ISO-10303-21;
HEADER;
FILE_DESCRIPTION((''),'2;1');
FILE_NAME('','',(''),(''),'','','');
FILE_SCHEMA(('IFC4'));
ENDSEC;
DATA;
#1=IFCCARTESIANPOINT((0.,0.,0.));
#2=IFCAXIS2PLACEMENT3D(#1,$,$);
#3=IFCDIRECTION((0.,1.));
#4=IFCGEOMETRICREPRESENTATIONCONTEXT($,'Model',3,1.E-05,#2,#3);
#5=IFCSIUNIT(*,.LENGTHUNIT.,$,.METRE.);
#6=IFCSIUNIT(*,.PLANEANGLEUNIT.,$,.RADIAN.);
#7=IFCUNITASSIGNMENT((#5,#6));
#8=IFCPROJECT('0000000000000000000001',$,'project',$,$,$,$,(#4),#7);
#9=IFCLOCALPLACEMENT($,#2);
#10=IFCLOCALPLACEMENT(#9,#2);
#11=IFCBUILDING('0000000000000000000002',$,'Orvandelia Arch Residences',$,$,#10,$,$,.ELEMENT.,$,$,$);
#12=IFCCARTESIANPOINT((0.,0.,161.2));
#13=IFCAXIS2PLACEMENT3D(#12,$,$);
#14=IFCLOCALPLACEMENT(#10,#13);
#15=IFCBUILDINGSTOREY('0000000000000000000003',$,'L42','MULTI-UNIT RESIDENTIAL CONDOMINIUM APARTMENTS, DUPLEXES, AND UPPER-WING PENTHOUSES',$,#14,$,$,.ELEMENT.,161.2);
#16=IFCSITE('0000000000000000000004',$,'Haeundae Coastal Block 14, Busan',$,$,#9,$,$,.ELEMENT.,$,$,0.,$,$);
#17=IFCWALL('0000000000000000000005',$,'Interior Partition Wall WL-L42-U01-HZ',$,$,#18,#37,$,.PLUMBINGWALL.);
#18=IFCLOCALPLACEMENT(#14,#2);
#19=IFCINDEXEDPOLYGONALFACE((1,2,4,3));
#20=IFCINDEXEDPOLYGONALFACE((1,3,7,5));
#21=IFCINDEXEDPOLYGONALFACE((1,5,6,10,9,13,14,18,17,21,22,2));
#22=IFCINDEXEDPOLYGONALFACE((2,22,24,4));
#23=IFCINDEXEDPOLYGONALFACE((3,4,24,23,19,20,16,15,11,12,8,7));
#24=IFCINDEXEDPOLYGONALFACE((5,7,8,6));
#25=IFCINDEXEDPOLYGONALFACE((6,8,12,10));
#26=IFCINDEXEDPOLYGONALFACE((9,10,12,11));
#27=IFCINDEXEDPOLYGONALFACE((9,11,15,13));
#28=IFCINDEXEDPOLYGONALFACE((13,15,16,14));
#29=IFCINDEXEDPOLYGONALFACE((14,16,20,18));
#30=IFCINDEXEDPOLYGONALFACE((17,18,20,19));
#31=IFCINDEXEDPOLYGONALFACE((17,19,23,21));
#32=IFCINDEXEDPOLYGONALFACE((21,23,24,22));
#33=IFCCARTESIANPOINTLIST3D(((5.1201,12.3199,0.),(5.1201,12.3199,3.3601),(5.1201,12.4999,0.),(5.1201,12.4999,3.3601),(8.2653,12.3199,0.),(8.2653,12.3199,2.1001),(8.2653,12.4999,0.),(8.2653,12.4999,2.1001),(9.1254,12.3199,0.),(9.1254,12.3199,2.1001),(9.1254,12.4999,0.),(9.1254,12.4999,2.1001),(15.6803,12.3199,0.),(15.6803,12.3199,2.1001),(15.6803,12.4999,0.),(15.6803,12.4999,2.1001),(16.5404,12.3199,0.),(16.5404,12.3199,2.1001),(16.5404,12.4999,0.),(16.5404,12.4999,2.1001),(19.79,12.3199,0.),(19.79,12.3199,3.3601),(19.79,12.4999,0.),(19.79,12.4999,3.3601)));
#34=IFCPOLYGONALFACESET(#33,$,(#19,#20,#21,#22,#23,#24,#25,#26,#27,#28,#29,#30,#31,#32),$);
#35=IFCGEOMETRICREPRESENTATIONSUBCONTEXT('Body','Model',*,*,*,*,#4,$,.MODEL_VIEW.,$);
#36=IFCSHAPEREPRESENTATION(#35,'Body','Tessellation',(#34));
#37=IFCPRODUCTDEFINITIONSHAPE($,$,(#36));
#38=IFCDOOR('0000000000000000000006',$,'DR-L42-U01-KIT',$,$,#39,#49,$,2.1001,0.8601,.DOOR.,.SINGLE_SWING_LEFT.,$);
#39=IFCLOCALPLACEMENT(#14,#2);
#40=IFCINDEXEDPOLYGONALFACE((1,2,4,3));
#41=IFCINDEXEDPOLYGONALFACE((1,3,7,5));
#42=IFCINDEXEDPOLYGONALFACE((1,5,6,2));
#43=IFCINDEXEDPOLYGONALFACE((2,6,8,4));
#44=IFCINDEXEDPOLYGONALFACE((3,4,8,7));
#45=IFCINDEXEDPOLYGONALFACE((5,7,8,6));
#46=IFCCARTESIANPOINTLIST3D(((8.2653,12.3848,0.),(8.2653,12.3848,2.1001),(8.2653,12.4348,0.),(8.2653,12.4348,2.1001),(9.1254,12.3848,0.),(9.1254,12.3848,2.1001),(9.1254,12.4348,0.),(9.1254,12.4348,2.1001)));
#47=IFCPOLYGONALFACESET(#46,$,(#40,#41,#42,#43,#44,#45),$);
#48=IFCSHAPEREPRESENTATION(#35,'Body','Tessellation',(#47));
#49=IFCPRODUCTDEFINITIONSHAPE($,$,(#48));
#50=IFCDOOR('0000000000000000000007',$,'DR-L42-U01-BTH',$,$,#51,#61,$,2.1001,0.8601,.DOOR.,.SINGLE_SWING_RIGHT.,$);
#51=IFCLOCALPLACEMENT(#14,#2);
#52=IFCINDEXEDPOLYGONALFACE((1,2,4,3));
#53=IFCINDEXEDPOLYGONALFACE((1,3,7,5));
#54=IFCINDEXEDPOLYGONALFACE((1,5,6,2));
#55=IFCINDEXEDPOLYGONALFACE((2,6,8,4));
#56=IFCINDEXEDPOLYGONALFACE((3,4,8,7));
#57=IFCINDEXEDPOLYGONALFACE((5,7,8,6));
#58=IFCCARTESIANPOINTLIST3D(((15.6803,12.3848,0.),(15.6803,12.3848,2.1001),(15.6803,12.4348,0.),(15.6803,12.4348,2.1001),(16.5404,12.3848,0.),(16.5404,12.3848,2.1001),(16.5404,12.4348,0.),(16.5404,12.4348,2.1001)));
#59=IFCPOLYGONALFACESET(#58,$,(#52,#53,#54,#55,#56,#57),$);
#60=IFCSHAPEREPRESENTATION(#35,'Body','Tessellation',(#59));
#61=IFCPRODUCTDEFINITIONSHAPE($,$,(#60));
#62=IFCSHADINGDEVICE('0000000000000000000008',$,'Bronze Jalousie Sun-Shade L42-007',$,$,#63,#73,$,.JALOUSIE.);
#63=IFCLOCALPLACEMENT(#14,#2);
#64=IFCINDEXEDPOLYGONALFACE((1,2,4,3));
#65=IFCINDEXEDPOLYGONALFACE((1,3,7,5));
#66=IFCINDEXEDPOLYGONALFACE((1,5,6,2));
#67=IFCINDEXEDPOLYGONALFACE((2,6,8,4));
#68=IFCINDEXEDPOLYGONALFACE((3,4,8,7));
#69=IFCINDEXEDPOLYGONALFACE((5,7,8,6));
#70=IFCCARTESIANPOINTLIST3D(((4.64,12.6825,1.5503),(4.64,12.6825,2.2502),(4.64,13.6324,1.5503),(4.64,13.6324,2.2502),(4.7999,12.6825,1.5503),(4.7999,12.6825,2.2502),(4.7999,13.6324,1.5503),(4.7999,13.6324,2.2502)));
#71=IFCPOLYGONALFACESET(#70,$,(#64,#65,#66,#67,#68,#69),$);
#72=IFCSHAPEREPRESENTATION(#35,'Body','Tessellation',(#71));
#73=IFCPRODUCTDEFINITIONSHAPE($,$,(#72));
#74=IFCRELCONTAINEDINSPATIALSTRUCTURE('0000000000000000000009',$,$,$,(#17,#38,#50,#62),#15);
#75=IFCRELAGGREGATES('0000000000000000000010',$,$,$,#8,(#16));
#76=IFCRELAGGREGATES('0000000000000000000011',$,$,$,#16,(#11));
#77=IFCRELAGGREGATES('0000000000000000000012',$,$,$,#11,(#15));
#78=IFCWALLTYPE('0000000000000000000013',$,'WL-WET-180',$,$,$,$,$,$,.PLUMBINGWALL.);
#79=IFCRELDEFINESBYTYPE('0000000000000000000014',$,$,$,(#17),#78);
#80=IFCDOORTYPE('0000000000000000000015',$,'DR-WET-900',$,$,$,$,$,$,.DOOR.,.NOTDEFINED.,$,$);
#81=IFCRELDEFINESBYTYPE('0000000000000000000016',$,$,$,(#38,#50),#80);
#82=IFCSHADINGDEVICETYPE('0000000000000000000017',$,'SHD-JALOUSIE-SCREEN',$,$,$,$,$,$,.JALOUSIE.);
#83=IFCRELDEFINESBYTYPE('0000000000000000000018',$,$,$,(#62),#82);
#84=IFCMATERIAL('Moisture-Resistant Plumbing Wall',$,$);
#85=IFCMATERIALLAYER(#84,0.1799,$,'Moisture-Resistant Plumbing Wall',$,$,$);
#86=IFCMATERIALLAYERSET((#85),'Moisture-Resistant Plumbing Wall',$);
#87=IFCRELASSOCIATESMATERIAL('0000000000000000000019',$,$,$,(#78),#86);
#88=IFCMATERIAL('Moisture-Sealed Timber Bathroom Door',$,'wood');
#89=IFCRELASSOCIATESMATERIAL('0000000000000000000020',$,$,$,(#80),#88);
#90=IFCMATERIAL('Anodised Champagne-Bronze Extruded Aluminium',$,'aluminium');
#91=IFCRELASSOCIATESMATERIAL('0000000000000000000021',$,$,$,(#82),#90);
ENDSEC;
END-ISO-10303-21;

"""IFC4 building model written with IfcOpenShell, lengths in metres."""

from ifc_helpers import new_model, si_unit, direction, frame, frame_2d, origin, origin_2d, place, context, subcontext, project, spatial, rectangle, extrude, material, layer, layer_set, type_object, element, fill, save


model = new_model("IFC4")

# Units and contexts
model_context = context("Model", 3, precision=1e-05, world=origin(), true_north=direction((0.0, 1.0)))
body_context = subcontext(model_context, "Body", "Model", "MODEL_VIEW")
ifc_project = project(units=[si_unit("LENGTHUNIT", "METRE"), si_unit("PLANEANGLEUNIT", "RADIAN")], contexts=[model_context])

# Site, building, storey
site_placement = place(None, origin())
site = spatial("IfcSite", under=ifc_project, at=site_placement, Name="Haeundae Coastal Block 14, Busan", CompositionType="ELEMENT", RefElevation=0.0)
building_placement = place(site_placement, origin())
building = spatial("IfcBuilding", under=site, at=building_placement, Name="Orvandelia Arch Residences", CompositionType="ELEMENT")
storey_placement = place(building_placement, frame((0.0, 0.0, 161.2)))
storey = spatial("IfcBuildingStorey", under=building, at=storey_placement, Name="L42", Description="MULTI-UNIT RESIDENTIAL CONDOMINIUM APARTMENTS, DUPLEXES, AND UPPER-WING PENTHOUSES", CompositionType="ELEMENT", Elevation=161.2)

# Wall, openings, doors
ifc_material_1 = material(Name="Moisture-Resistant Plumbing Wall")
ifc_layer_1 = layer(ifc_material_1, 0.1799, Name="Moisture-Resistant Plumbing Wall")
ifc_layer_set_1 = layer_set([ifc_layer_1], Name="Moisture-Resistant Plumbing Wall")
wall_type_1 = type_object("IfcWallType", Name="WL-WET-180", PredefinedType="PLUMBINGWALL", material=ifc_layer_set_1)
wall_1_placement = place(storey_placement, frame((5.1201, 12.4099, 0.0), z_axis=(0.0, 0.0, 1.0), x_axis=(1.0, 0.0, 0.0)))
wall_1 = element("IfcWall", 1, at=wall_1_placement, inside=storey, type_object=wall_type_1, Name="Interior Partition Wall WL-L42-U01-HZ", PredefinedType="PLUMBINGWALL", context=body_context, shape_type="SweptSolid", body=[
    extrude(rectangle(XDim=14.6699, YDim=0.1799, at=frame_2d((7.335, 0.0))), origin(), (0.0, 0.0, 1.0), 3.3601),
])
opening_1_placement = place(wall_1_placement, frame((3.145, 0.0, 0.0)))
opening_1 = element("IfcOpeningElement", 2, at=opening_1_placement, cuts=wall_1, PredefinedType="OPENING", context=body_context, shape_type="SweptSolid", body=[
    extrude(rectangle(XDim=0.8601, YDim=2.1001, at=frame_2d((0.4302, 1.05))), frame((0.0, 0.1001, 0.0), z_axis=(0.0, -1.0, 0.0), x_axis=(1.0, 0.0, 0.0)), (0.0, 0.0, 1.0), 0.2),
])
opening_2_placement = place(wall_1_placement, frame((10.5601, 0.0, 0.0)))
opening_2 = element("IfcOpeningElement", 3, at=opening_2_placement, cuts=wall_1, PredefinedType="OPENING", context=body_context, shape_type="SweptSolid", body=[
    extrude(rectangle(XDim=0.8601, YDim=2.1001, at=frame_2d((0.4302, 1.05))), frame((0.0, 0.1001, 0.0), z_axis=(0.0, -1.0, 0.0), x_axis=(1.0, 0.0, 0.0)), (0.0, 0.0, 1.0), 0.2),
])
ifc_material_2 = material(Name="Moisture-Sealed Timber Bathroom Door", Category="wood")
door_type_1 = type_object("IfcDoorType", Name="DR-WET-900", OperationType="NOTDEFINED", PredefinedType="DOOR", material=ifc_material_2)
door_1_placement = place(opening_1_placement, origin())
door_1 = element("IfcDoor", 4, at=door_1_placement, inside=storey, type_object=door_type_1, Name="DR-L42-U01-KIT", OperationType="SINGLE_SWING_LEFT", OverallHeight=2.1001, OverallWidth=0.8601, PredefinedType="DOOR", context=body_context, shape_type="SweptSolid", body=[
    extrude(rectangle(XDim=0.8601, YDim=2.1001, at=frame_2d((0.4302, 1.05))), frame((0.0, 0.0249, 0.0), z_axis=(0.0, -1.0, 0.0), x_axis=(1.0, 0.0, 0.0)), (0.0, 0.0, 1.0), 0.05),
])
fill(opening_1, door_1)
door_2_placement = place(opening_2_placement, origin())
door_2 = element("IfcDoor", 5, at=door_2_placement, inside=storey, type_object=door_type_1, Name="DR-L42-U01-BTH", OperationType="SINGLE_SWING_RIGHT", OverallHeight=2.1001, OverallWidth=0.8601, PredefinedType="DOOR", context=body_context, shape_type="SweptSolid", body=[
    extrude(rectangle(XDim=0.8601, YDim=2.1001, at=frame_2d((0.4302, 1.05))), frame((0.0, 0.0249, 0.0), z_axis=(0.0, -1.0, 0.0), x_axis=(1.0, 0.0, 0.0)), (0.0, 0.0, 1.0), 0.05),
])
fill(opening_2, door_2)

# Shading device
ifc_material_3 = material(Name="Anodised Champagne-Bronze Extruded Aluminium", Category="aluminium")
shading_device_type = type_object("IfcShadingDeviceType", Name="SHD-JALOUSIE-SCREEN", PredefinedType="JALOUSIE", material=ifc_material_3)
shading_device_placement = place(storey_placement, frame((4.72, 13.1575, 1.5503), z_axis=(0.0, 0.0, 1.0), x_axis=(0.0, 1.0, 0.0)))
element("IfcShadingDevice", 6, at=shading_device_placement, inside=storey, type_object=shading_device_type, Name="Bronze Jalousie Sun-Shade L42-007", PredefinedType="JALOUSIE", context=body_context, shape_type="SweptSolid", body=[
    extrude(rectangle(XDim=0.95, YDim=0.1599, at=origin_2d()), origin(), (0.0, 0.0, 1.0), 0.7),
])

save(model, "model.ifc")
